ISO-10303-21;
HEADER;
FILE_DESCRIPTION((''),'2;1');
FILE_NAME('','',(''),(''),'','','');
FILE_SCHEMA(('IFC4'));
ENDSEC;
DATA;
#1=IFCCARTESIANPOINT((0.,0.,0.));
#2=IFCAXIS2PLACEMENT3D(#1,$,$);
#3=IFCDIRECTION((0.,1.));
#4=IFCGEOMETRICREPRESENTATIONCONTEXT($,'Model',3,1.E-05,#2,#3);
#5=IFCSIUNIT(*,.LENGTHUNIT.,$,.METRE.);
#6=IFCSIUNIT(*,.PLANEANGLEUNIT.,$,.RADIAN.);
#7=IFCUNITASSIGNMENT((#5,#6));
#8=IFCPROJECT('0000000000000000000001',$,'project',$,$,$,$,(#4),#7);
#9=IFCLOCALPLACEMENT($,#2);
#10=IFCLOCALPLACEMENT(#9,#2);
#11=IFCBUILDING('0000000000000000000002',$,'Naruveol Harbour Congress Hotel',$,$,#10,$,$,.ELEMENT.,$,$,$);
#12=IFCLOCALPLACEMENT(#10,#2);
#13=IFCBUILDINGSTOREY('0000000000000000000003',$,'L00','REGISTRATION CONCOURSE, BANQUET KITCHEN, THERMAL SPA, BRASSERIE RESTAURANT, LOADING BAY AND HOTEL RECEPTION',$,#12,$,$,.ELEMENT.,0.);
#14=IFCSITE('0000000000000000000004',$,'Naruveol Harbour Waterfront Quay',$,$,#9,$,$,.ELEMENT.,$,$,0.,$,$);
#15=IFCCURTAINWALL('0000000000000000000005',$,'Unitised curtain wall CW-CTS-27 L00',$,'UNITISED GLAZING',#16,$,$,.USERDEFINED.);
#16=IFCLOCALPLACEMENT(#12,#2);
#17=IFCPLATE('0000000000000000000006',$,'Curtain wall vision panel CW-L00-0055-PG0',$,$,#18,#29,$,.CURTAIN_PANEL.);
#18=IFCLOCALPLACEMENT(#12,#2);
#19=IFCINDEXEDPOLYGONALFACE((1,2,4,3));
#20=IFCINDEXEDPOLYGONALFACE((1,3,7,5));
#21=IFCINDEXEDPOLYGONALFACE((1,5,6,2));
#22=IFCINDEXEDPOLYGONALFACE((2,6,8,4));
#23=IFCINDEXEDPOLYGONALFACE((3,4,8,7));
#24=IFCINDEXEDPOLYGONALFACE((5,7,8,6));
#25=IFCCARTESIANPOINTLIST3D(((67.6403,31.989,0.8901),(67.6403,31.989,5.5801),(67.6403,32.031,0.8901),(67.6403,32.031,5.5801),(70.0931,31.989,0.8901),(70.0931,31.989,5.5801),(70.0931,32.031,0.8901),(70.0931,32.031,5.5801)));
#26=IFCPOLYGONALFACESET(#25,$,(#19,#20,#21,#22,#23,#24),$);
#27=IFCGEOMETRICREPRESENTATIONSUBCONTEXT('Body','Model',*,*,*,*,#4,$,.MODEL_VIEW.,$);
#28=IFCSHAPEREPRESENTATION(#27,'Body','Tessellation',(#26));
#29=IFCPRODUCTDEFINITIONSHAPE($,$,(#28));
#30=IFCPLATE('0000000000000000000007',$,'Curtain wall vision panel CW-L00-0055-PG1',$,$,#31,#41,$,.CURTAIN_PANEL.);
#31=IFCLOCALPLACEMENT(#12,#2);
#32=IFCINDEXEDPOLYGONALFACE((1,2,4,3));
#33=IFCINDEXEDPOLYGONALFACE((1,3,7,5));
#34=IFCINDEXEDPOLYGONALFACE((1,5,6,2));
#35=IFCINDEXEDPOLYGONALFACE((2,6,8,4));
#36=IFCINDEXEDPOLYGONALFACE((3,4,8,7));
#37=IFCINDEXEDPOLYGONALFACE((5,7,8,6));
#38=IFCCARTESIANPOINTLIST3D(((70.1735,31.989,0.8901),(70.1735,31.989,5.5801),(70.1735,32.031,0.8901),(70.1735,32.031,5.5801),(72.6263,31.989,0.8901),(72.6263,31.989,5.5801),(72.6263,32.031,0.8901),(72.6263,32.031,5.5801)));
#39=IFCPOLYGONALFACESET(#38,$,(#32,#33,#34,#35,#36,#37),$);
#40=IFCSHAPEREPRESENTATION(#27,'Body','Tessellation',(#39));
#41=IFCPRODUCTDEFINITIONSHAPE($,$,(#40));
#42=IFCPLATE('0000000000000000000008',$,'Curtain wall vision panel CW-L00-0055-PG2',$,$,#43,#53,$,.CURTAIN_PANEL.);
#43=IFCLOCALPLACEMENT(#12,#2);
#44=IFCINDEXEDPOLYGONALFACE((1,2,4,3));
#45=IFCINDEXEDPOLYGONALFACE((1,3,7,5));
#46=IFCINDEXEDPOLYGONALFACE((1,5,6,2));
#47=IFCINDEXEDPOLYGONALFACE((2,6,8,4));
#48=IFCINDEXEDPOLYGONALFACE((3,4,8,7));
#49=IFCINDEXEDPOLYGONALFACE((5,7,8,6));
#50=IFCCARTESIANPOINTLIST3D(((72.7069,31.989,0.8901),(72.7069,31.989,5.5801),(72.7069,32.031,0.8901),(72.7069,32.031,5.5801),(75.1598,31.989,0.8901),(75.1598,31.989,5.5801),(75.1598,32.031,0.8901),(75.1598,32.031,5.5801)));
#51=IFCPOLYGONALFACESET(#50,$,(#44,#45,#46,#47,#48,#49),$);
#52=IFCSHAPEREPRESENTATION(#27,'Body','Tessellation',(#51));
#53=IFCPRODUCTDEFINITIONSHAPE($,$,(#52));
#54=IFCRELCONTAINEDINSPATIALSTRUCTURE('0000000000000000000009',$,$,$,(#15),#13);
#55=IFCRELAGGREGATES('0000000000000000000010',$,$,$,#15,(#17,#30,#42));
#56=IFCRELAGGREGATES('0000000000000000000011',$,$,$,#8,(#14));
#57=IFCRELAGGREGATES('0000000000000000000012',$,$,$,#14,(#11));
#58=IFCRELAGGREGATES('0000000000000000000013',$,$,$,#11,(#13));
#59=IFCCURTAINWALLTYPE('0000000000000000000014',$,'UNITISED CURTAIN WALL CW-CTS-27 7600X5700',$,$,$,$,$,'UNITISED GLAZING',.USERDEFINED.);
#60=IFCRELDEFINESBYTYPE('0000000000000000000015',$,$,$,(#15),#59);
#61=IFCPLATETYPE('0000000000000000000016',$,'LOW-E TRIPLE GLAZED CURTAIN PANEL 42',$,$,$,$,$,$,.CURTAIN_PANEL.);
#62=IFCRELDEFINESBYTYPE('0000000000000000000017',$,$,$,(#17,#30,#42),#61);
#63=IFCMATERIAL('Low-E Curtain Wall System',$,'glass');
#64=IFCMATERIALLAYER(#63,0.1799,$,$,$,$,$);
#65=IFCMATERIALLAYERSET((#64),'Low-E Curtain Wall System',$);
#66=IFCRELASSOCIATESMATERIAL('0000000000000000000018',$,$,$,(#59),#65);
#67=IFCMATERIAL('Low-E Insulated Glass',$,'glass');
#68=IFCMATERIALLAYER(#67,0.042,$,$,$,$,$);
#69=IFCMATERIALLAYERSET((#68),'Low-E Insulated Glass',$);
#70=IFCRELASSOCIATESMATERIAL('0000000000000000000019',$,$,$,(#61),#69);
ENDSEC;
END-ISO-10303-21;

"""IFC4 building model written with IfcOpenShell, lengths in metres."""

from ifc_helpers import new_model, si_unit, direction, frame, origin, origin_2d, place, context, subcontext, project, spatial, rectangle, extrude, material, layer, layer_set, type_object, element, aggregate, save


model = new_model("IFC4")

# Units and contexts
model_context = context("Model", 3, precision=1e-05, world=origin(), true_north=direction((0.0, 1.0)))
body_context = subcontext(model_context, "Body", "Model", "MODEL_VIEW")
ifc_project = project(units=[si_unit("LENGTHUNIT", "METRE"), si_unit("PLANEANGLEUNIT", "RADIAN")], contexts=[model_context])

# Site, building, storey
site_placement = place(None, origin())
site = spatial("IfcSite", under=ifc_project, at=site_placement, Name="Naruveol Harbour Waterfront Quay", CompositionType="ELEMENT", RefElevation=0.0)
building_placement = place(site_placement, origin())
building = spatial("IfcBuilding", under=site, at=building_placement, Name="Naruveol Harbour Congress Hotel", CompositionType="ELEMENT")
storey_placement = place(building_placement, origin())
storey = spatial("IfcBuildingStorey", under=building, at=storey_placement, Name="L00", Description="REGISTRATION CONCOURSE, BANQUET KITCHEN, THERMAL SPA, BRASSERIE RESTAURANT, LOADING BAY AND HOTEL RECEPTION", CompositionType="ELEMENT", Elevation=0.0)

# Curtain wall
ifc_material_1 = material(Name="Low-E Curtain Wall System", Category="glass")
ifc_layer_1 = layer(ifc_material_1, 0.1799)
ifc_layer_set_1 = layer_set([ifc_layer_1], Name="Low-E Curtain Wall System")
curtain_wall_type_1 = type_object("IfcCurtainWallType", Name="UNITISED CURTAIN WALL CW-CTS-27 7600X5700", ElementType="UNITISED GLAZING", PredefinedType="USERDEFINED", material=ifc_layer_set_1)
curtain_wall_1_placement = place(storey_placement, origin())
curtain_wall_1 = element("IfcCurtainWall", 1, at=curtain_wall_1_placement, inside=storey, type_object=curtain_wall_type_1, Name="Unitised curtain wall CW-CTS-27 L00", ObjectType="UNITISED GLAZING", PredefinedType="USERDEFINED")

# Plates
ifc_material_2 = material(Name="Low-E Insulated Glass", Category="glass")
ifc_layer_2 = layer(ifc_material_2, 0.042)
ifc_layer_set_2 = layer_set([ifc_layer_2], Name="Low-E Insulated Glass")
plate_type_1 = type_object("IfcPlateType", Name="LOW-E TRIPLE GLAZED CURTAIN PANEL 42", PredefinedType="CURTAIN_PANEL", material=ifc_layer_set_2)
plate_1_placement = place(storey_placement, frame((68.8667, 32.01, 0.8901), z_axis=(0.0, 0.0, 1.0), x_axis=(1.0, 0.0, 0.0)))
plate_1 = element("IfcPlate", 2, at=plate_1_placement, type_object=plate_type_1, Name="Curtain wall vision panel CW-L00-0055-PG0", PredefinedType="CURTAIN_PANEL", context=body_context, shape_type="SweptSolid", body=[
    extrude(rectangle(XDim=2.4529, YDim=0.042, at=origin_2d()), origin(), (0.0, 0.0, 1.0), 4.6899),
])
plate_2_placement = place(storey_placement, frame((71.3999, 32.01, 0.8901), z_axis=(0.0, 0.0, 1.0), x_axis=(1.0, 0.0, 0.0)))
plate_2 = element("IfcPlate", 3, at=plate_2_placement, type_object=plate_type_1, Name="Curtain wall vision panel CW-L00-0055-PG1", PredefinedType="CURTAIN_PANEL", context=body_context, shape_type="SweptSolid", body=[
    extrude(rectangle(XDim=2.4529, YDim=0.042, at=origin_2d()), origin(), (0.0, 0.0, 1.0), 4.6899),
])
plate_3_placement = place(storey_placement, frame((73.9333, 32.01, 0.8901), z_axis=(0.0, 0.0, 1.0), x_axis=(1.0, 0.0, 0.0)))
plate_3 = element("IfcPlate", 4, at=plate_3_placement, type_object=plate_type_1, Name="Curtain wall vision panel CW-L00-0055-PG2", PredefinedType="CURTAIN_PANEL", context=body_context, shape_type="SweptSolid", body=[
    extrude(rectangle(XDim=2.4529, YDim=0.042, at=origin_2d()), origin(), (0.0, 0.0, 1.0), 4.6899),
])
aggregate(curtain_wall_1, [plate_1, plate_2, plate_3])

save(model, "model.ifc")
